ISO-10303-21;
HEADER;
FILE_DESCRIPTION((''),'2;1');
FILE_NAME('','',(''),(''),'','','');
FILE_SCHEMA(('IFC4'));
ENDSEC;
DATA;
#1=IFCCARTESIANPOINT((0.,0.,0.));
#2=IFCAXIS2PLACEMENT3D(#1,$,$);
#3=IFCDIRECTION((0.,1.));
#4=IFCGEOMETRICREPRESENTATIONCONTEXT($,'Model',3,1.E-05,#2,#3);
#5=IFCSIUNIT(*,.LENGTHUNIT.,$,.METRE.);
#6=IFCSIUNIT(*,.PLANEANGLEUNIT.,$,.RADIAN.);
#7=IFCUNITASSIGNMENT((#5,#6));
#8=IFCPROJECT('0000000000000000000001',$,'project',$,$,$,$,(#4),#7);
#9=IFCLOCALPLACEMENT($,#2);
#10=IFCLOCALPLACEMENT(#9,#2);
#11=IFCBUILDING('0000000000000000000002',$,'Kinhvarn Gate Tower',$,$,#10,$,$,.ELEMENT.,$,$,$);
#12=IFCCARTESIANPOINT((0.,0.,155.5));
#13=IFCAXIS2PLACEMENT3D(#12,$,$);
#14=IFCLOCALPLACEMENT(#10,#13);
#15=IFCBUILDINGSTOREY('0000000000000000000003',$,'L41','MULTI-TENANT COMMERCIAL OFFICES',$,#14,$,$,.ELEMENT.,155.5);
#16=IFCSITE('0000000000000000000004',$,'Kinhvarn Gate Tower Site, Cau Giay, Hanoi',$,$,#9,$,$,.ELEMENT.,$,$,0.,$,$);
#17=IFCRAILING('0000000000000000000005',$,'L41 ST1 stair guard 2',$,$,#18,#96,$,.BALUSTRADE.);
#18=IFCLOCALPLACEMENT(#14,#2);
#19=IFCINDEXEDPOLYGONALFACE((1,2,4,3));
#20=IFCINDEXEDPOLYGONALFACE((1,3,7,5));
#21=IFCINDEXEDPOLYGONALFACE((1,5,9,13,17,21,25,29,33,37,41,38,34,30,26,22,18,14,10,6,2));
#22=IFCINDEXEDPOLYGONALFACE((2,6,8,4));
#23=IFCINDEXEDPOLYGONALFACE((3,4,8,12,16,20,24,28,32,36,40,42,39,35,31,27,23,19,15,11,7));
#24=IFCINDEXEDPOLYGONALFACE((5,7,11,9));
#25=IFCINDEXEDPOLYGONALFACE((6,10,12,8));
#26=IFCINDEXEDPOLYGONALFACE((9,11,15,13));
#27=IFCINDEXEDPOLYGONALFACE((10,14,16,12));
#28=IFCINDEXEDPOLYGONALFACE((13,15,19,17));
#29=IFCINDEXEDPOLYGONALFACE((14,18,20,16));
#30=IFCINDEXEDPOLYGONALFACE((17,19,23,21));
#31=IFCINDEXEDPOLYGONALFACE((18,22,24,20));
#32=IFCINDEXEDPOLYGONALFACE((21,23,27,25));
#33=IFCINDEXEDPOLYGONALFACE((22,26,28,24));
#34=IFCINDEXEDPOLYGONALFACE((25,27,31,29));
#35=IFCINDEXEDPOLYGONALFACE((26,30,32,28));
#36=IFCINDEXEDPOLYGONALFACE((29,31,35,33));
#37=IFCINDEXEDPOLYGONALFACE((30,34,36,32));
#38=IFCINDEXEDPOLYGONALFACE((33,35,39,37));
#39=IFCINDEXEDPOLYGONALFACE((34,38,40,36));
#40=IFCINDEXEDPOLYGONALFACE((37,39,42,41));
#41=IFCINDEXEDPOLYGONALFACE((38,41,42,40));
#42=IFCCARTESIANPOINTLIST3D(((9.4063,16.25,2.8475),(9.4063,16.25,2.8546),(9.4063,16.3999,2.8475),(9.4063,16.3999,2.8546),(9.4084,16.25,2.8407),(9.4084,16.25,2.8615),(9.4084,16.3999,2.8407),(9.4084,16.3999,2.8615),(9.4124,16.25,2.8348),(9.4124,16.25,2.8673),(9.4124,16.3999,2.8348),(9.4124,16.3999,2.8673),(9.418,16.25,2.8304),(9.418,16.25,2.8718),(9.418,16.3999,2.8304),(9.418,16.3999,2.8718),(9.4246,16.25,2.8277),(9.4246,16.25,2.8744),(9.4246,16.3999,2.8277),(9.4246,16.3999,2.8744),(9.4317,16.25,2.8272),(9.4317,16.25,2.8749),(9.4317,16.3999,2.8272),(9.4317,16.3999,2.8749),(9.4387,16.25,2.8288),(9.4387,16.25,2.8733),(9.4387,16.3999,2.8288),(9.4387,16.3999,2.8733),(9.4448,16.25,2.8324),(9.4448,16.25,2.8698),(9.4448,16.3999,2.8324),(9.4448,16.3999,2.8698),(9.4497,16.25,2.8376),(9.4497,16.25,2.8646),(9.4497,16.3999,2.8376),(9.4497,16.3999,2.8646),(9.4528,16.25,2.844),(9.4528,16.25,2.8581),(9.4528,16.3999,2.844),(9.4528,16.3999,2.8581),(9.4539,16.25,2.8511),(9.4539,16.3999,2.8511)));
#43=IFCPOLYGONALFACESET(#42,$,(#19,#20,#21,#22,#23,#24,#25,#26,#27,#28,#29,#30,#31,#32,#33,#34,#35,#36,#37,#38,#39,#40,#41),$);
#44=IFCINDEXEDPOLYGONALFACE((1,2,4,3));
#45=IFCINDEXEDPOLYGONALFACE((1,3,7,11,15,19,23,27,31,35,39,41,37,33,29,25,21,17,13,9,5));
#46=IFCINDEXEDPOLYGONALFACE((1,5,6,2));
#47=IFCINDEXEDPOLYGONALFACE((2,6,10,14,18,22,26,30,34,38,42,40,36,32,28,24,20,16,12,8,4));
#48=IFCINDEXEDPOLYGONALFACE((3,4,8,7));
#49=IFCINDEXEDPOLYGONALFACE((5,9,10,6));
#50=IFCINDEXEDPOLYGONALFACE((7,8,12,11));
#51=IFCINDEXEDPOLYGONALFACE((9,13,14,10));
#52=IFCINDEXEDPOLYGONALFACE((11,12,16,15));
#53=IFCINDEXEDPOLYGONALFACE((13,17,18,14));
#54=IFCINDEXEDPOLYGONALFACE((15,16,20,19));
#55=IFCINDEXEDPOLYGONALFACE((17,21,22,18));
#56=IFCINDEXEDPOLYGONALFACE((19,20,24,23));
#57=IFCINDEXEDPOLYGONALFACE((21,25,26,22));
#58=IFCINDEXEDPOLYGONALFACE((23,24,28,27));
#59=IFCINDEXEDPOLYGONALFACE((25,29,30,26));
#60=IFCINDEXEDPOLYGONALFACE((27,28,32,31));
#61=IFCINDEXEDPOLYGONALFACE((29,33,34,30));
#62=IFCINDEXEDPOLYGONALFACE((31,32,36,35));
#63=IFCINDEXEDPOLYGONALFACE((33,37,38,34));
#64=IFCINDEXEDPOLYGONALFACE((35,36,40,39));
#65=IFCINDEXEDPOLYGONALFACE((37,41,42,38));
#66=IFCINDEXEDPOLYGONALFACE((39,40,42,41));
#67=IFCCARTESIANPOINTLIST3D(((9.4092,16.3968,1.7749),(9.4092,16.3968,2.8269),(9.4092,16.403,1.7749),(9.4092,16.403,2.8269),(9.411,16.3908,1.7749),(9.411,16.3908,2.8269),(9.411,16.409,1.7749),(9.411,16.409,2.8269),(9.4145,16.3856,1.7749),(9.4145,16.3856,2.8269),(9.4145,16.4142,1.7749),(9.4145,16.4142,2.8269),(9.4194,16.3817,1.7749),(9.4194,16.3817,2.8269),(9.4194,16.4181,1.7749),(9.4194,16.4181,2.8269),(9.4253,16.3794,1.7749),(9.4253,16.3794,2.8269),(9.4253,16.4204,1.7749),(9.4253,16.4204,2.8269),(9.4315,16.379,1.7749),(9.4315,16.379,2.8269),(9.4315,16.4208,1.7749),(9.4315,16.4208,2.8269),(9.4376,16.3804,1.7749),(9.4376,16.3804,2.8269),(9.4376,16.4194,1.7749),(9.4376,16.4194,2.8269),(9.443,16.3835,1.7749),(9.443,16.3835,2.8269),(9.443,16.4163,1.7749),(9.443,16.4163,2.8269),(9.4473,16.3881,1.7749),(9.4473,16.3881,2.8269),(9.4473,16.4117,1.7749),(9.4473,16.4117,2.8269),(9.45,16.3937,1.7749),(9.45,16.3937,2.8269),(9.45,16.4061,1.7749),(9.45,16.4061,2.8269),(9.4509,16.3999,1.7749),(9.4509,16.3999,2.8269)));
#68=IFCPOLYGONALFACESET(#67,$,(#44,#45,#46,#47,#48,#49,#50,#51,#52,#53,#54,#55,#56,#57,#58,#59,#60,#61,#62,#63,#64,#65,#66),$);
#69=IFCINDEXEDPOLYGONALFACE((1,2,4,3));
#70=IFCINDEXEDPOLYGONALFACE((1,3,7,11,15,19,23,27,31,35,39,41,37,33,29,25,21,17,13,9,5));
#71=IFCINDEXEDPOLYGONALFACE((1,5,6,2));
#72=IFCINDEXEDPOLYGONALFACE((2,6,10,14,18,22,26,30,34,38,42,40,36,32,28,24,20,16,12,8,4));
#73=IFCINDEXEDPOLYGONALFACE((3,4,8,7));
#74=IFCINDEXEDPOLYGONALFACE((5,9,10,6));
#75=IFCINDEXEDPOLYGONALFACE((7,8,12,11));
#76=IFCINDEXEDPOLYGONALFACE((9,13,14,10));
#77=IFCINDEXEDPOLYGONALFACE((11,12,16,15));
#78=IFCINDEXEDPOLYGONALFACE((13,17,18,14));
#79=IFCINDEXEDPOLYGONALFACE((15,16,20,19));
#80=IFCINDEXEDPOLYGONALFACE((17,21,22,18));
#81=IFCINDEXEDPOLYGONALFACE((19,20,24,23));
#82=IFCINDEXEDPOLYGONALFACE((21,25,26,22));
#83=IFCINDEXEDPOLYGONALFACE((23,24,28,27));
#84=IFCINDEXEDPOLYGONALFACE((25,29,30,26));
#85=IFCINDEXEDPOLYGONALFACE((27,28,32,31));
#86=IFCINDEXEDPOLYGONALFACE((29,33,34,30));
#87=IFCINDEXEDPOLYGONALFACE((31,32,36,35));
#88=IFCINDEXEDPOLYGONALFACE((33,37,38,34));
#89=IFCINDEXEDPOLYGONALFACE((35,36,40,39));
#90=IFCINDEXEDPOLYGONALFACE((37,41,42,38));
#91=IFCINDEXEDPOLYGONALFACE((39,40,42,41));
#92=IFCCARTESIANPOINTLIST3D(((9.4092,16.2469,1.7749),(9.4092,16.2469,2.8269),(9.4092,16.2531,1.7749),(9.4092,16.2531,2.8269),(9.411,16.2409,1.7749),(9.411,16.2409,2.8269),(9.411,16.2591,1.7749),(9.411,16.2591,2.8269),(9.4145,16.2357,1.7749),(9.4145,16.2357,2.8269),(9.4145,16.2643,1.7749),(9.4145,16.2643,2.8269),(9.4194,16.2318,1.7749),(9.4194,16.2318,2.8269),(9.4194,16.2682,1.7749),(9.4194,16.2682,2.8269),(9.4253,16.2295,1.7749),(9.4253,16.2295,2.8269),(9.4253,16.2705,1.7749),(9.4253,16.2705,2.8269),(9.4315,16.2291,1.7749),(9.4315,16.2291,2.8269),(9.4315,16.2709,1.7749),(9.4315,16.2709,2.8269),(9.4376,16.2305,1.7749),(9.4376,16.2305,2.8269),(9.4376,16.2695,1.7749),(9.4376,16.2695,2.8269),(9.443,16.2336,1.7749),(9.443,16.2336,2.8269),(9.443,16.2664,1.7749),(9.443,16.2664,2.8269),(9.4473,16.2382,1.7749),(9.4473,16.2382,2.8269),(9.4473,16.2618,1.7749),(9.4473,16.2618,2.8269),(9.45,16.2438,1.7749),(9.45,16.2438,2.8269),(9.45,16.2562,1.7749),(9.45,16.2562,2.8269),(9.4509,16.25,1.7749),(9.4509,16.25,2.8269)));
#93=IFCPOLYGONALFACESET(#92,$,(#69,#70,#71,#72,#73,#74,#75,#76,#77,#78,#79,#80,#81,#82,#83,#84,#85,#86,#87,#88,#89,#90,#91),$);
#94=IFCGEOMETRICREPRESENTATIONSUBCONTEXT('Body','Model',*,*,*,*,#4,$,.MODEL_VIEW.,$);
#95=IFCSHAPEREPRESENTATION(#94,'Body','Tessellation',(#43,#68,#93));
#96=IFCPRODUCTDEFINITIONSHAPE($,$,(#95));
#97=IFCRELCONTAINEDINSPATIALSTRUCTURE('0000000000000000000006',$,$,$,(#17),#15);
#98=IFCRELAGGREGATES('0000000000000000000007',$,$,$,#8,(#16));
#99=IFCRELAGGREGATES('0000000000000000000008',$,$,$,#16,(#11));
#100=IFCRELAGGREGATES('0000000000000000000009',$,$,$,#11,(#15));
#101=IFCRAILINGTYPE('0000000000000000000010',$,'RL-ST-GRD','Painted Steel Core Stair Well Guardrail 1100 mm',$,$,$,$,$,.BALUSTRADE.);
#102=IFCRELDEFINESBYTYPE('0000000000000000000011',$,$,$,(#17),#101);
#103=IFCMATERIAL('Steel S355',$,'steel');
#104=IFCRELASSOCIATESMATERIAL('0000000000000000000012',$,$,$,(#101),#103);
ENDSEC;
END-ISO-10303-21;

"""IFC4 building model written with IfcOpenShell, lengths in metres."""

from ifc_helpers import new_model, si_unit, direction, frame, origin, origin_2d, place, context, subcontext, project, spatial, circle, extrude, material, type_object, element, save


model = new_model("IFC4")

# Units and contexts
model_context = context("Model", 3, precision=1e-05, world=origin(), true_north=direction((0.0, 1.0)))
body_context = subcontext(model_context, "Body", "Model", "MODEL_VIEW")
ifc_project = project(units=[si_unit("LENGTHUNIT", "METRE"), si_unit("PLANEANGLEUNIT", "RADIAN")], contexts=[model_context])

# Site, building, storey
site_placement = place(None, origin())
site = spatial("IfcSite", under=ifc_project, at=site_placement, Name="Kinhvarn Gate Tower Site, Cau Giay, Hanoi", CompositionType="ELEMENT", RefElevation=0.0)
building_placement = place(site_placement, origin())
building = spatial("IfcBuilding", under=site, at=building_placement, Name="Kinhvarn Gate Tower", CompositionType="ELEMENT")
storey_placement = place(building_placement, frame((0.0, 0.0, 155.5)))
storey = spatial("IfcBuildingStorey", under=building, at=storey_placement, Name="L41", Description="MULTI-TENANT COMMERCIAL OFFICES", CompositionType="ELEMENT", Elevation=155.5)

# Shared definitions
ifc_material_1 = material(Name="Steel S355", Category="steel")

# Railing
railing_type_1 = type_object("IfcRailingType", Name="RL-ST-GRD", Description="Painted Steel Core Stair Well Guardrail 1100 mm", PredefinedType="BALUSTRADE", material=ifc_material_1)
railing_1_placement = place(storey_placement, frame((9.4299, 16.3999, 1.7749)))
element("IfcRailing", 1, at=railing_1_placement, inside=storey, type_object=railing_type_1, Name="L41 ST1 stair guard 2", PredefinedType="BALUSTRADE", context=body_context, shape_type="SweptSolid", body=[
    extrude(circle(Radius=0.0239, at=origin_2d()), frame((0.0, 0.0, 1.0762), z_axis=(0.0, -1.0, 0.0), x_axis=(1.0, 0.0, 0.0)), (0.0, 0.0, 1.0), 0.1499),
    extrude(circle(Radius=0.021, at=origin_2d()), origin(), (0.0, 0.0, 1.0), 1.052),
    extrude(circle(Radius=0.021, at=origin_2d()), frame((0.0, -0.1499, 0.0)), (0.0, 0.0, 1.0), 1.052),
])

save(model, "model.ifc")
